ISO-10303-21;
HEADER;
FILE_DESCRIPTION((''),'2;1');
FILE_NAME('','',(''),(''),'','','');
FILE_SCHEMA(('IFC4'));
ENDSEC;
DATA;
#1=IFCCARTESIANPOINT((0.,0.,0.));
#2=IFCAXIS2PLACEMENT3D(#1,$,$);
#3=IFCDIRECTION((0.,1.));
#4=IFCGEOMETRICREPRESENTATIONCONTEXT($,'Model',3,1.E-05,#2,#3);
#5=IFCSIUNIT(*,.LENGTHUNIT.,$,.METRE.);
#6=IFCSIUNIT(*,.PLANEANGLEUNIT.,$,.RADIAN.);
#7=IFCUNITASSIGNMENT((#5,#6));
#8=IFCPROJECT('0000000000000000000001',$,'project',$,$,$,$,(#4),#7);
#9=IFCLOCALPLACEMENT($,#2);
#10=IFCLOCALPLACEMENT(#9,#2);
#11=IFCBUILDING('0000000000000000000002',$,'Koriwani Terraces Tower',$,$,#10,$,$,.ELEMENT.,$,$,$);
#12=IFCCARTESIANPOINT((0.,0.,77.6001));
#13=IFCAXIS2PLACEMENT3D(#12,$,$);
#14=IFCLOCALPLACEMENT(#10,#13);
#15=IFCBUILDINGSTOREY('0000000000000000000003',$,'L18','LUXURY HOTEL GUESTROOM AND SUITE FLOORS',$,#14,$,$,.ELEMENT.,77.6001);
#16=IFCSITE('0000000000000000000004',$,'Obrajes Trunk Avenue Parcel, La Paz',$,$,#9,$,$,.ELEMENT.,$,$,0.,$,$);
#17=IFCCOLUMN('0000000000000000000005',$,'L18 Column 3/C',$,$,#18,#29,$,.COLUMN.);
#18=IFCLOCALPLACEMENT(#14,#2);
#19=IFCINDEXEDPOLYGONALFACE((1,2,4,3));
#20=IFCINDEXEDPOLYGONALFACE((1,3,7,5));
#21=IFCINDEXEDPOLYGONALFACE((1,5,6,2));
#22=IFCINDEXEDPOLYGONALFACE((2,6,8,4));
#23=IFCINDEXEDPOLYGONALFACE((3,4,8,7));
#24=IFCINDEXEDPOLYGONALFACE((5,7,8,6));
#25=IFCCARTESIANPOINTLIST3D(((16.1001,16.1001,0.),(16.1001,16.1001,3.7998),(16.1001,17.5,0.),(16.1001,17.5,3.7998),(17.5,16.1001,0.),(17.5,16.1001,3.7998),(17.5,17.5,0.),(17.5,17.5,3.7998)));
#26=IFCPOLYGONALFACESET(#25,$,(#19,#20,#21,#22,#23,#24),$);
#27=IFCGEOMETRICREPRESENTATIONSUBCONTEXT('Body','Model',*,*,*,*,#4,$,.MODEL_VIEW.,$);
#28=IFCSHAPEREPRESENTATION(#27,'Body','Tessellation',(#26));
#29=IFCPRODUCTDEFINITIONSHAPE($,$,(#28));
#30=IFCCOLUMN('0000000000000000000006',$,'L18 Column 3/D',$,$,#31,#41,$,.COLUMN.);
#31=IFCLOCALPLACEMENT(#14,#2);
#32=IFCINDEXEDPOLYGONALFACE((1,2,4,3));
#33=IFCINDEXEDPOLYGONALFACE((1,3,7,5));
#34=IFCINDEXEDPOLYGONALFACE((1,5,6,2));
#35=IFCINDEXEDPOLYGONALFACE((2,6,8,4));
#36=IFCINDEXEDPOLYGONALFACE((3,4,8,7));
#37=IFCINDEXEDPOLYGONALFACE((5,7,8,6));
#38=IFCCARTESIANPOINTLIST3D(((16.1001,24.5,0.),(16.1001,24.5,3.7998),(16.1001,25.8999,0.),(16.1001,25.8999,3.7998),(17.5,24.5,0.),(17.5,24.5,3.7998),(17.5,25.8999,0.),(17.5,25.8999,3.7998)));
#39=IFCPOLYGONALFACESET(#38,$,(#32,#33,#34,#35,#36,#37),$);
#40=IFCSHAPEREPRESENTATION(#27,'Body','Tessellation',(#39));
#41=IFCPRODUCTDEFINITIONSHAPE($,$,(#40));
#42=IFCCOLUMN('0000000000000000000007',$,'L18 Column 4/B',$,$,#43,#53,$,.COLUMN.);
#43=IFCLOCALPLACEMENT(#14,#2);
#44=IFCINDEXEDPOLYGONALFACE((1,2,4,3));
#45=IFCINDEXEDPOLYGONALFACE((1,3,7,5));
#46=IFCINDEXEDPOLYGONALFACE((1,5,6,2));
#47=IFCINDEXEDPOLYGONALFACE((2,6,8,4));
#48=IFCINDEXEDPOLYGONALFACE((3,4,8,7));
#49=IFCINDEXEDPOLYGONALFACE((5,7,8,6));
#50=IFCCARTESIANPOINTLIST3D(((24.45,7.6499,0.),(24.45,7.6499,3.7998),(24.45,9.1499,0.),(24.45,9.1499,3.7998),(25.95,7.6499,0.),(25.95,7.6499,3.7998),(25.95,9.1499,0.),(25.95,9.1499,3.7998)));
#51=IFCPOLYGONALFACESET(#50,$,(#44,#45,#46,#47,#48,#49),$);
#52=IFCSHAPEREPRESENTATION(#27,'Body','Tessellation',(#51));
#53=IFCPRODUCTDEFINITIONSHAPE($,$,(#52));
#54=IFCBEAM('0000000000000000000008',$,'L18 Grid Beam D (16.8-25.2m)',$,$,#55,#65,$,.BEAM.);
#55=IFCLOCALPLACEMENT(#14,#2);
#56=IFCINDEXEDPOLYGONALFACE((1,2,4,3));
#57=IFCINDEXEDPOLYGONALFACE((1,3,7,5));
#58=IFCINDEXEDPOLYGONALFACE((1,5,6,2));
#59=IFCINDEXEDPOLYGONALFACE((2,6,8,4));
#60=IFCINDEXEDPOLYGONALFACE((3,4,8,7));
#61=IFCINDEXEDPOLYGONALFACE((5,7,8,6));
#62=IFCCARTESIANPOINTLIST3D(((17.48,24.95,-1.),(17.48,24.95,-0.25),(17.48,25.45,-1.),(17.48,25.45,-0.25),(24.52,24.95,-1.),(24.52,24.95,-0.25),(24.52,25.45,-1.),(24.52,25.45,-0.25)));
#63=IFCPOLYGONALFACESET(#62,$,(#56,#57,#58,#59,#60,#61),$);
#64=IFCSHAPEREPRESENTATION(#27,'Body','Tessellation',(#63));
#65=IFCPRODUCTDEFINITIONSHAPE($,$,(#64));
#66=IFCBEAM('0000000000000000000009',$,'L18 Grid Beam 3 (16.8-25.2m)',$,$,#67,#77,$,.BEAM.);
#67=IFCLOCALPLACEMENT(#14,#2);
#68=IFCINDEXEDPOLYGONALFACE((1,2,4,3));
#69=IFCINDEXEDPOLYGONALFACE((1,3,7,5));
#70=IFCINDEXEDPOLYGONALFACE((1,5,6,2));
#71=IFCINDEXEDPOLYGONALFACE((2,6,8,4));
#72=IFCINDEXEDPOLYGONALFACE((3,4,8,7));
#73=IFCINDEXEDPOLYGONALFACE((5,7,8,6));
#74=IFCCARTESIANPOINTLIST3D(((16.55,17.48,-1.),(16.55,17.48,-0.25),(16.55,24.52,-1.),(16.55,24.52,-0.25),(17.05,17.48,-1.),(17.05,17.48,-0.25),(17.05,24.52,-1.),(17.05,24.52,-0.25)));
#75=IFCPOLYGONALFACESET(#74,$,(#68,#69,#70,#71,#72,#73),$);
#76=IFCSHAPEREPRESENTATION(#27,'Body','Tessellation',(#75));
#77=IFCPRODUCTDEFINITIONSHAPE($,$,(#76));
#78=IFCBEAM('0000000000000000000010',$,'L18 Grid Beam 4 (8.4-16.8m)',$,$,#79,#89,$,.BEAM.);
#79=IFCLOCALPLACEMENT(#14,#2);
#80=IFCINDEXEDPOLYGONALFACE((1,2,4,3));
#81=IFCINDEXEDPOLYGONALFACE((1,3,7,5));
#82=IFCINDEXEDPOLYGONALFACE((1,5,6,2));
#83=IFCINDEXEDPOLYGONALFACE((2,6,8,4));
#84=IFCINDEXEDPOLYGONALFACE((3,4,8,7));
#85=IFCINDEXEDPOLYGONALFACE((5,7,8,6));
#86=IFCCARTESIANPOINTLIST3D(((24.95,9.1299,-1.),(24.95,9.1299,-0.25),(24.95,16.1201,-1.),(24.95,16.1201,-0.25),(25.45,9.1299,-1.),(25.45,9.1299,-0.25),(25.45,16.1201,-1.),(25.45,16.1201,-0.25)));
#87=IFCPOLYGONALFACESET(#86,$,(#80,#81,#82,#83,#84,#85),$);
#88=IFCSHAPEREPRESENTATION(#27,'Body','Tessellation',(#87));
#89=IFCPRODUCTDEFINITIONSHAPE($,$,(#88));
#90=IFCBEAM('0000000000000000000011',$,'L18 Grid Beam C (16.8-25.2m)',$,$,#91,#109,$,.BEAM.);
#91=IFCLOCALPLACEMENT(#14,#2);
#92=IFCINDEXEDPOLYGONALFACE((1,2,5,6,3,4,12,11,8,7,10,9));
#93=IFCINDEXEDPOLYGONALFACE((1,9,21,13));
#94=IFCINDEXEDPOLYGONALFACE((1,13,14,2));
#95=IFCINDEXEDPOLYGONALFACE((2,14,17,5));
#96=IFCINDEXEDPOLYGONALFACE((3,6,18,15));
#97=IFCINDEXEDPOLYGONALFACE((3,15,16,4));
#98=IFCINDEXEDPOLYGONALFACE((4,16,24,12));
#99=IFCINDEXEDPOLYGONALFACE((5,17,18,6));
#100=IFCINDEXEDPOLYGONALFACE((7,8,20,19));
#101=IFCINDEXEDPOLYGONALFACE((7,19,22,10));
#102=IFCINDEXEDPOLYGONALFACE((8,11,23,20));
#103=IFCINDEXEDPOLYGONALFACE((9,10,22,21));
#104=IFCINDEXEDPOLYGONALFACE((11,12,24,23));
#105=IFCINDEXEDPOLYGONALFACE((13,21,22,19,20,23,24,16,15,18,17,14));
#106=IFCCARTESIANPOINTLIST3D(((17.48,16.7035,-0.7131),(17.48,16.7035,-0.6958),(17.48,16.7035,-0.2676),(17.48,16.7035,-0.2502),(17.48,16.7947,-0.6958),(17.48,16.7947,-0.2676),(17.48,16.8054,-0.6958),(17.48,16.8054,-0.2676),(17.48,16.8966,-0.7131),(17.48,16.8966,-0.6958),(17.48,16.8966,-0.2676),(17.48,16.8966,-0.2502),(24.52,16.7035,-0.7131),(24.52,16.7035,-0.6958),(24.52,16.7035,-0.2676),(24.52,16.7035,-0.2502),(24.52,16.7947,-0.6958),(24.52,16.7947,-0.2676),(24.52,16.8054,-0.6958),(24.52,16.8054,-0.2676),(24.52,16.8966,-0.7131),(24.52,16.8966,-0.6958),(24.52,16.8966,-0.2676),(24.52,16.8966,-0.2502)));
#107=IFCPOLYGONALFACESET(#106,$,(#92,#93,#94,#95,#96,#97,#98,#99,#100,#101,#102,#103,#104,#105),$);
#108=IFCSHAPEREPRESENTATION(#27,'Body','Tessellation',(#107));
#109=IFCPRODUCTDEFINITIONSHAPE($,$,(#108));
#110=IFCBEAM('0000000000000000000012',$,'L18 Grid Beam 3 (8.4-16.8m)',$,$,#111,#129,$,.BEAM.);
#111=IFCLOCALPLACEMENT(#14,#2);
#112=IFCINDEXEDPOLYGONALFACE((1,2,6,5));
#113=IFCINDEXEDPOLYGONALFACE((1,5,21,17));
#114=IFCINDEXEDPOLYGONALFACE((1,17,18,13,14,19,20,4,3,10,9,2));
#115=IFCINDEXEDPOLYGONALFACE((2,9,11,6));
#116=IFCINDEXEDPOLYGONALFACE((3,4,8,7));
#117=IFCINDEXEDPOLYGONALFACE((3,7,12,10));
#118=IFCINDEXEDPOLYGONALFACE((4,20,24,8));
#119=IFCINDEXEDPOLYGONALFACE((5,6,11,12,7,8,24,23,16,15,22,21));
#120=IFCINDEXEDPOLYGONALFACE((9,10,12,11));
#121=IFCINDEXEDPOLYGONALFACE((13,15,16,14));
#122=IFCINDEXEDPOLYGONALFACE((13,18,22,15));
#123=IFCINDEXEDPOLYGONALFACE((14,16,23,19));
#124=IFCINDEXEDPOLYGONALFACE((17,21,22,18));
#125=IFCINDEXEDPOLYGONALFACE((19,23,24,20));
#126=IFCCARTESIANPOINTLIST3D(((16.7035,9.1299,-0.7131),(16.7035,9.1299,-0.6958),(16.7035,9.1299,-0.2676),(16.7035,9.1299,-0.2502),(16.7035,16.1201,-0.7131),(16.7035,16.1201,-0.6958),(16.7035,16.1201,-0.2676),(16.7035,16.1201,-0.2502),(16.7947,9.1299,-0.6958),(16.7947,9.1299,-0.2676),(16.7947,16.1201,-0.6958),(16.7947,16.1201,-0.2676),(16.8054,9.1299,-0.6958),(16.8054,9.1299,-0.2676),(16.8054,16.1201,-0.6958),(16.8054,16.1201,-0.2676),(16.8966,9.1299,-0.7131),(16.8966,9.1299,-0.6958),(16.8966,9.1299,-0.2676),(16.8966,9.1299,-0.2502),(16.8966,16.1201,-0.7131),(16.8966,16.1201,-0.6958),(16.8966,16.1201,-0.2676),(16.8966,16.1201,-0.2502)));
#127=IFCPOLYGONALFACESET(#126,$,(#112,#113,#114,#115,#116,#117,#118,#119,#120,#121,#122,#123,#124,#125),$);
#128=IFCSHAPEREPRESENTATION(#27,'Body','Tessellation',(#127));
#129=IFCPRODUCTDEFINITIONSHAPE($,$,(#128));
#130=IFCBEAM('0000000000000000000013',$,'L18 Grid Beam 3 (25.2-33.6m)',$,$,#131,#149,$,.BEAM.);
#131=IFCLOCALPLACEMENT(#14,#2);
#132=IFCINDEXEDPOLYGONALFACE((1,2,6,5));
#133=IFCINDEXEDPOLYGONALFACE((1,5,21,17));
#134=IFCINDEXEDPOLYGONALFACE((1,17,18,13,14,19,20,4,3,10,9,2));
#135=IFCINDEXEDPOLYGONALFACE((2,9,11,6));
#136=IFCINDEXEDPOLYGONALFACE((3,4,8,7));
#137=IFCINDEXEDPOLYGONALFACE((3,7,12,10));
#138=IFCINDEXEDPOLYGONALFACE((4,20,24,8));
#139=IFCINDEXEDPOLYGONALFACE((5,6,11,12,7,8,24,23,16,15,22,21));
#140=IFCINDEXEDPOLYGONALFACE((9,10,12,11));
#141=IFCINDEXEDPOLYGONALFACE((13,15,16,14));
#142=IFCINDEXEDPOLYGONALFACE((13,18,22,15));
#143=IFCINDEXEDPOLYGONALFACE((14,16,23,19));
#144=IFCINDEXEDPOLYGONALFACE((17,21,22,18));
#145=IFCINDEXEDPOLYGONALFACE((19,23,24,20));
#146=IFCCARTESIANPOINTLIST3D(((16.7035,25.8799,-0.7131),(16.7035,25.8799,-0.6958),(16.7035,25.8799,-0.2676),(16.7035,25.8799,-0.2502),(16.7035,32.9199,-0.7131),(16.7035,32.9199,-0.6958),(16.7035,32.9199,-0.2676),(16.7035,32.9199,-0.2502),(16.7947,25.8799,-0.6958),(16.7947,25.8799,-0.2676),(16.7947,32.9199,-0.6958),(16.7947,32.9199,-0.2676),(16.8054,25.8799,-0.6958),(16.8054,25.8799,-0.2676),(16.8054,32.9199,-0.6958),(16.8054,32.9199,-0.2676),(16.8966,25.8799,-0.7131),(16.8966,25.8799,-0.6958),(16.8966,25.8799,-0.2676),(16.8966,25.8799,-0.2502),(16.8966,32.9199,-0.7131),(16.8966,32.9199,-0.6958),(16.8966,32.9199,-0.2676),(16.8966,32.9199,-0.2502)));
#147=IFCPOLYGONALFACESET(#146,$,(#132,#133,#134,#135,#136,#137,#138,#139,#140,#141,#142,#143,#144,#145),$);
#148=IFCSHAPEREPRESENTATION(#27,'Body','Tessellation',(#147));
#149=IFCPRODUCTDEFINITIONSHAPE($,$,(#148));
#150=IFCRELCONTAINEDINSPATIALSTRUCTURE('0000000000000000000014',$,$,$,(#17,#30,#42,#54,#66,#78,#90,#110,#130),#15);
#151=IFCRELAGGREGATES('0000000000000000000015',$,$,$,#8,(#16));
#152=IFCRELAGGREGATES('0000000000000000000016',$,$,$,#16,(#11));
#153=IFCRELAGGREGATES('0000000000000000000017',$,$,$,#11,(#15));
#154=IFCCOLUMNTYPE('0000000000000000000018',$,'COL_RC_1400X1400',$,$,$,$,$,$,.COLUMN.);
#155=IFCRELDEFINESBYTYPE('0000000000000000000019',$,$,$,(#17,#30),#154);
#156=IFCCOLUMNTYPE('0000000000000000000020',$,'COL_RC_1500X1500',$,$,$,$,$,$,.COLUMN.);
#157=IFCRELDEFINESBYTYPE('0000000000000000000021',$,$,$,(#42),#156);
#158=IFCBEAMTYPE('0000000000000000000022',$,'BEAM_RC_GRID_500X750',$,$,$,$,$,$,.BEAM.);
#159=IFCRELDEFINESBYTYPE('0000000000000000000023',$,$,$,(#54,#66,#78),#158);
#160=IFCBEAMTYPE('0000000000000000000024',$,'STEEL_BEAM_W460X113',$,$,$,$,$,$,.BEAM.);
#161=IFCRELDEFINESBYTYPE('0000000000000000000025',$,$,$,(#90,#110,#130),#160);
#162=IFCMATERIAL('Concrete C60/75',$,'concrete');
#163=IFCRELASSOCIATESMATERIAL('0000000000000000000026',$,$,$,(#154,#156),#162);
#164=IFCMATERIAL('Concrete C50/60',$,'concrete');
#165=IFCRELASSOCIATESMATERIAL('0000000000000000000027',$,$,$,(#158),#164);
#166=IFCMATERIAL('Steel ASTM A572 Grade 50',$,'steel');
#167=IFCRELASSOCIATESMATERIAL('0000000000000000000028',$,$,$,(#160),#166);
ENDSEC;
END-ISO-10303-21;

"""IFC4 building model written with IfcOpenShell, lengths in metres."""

from ifc_helpers import new_model, si_unit, direction, frame, origin, origin_2d, place, context, subcontext, project, spatial, rectangle, i_section, extrude, material, material_profile, profile_set, type_object, element, save


model = new_model("IFC4")

# Units and contexts
model_context = context("Model", 3, precision=1e-05, world=origin(), true_north=direction((0.0, 1.0)))
body_context = subcontext(model_context, "Body", "Model", "MODEL_VIEW")
ifc_project = project(units=[si_unit("LENGTHUNIT", "METRE"), si_unit("PLANEANGLEUNIT", "RADIAN")], contexts=[model_context])

# Site, building, storey
site_placement = place(None, origin())
site = spatial("IfcSite", under=ifc_project, at=site_placement, Name="Obrajes Trunk Avenue Parcel, La Paz", CompositionType="ELEMENT", RefElevation=0.0)
building_placement = place(site_placement, origin())
building = spatial("IfcBuilding", under=site, at=building_placement, Name="Koriwani Terraces Tower", CompositionType="ELEMENT")
storey_placement = place(building_placement, frame((0.0, 0.0, 77.6001)))
storey = spatial("IfcBuildingStorey", under=building, at=storey_placement, Name="L18", Description="LUXURY HOTEL GUESTROOM AND SUITE FLOORS", CompositionType="ELEMENT", Elevation=77.6001)

# Columns
ifc_material_1 = material(Name="Concrete C60/75", Category="concrete")
ifc_material_profile_1 = material_profile(ifc_material_1, rectangle(XDim=1.3999, YDim=1.3999, at=origin_2d()), Name="Concrete C60/75", Category="LoadBearing")
ifc_profile_set_1 = profile_set([ifc_material_profile_1], Name="Concrete C60/75")
column_type_1 = type_object("IfcColumnType", Name="COL_RC_1400X1400", PredefinedType="COLUMN", material=ifc_profile_set_1)
for number, where, z_axis, x_axis, name in (
    (1, (16.8, 16.8, 0.0), (0.0, 0.0, 1.0), (1.0, 0.0, 0.0), "L18 Column 3/C"),
    (2, (16.8, 25.2, 0.0), (0.0, 0.0, 1.0), (1.0, 0.0, 0.0), "L18 Column 3/D"),
):
    element("IfcColumn", number, at=place(storey_placement, frame(where, z_axis=z_axis, x_axis=x_axis)), inside=storey, type_object=column_type_1, Name=name, PredefinedType="COLUMN", context=body_context, shape_type="SweptSolid", body=[
        extrude(rectangle(XDim=1.3999, YDim=1.3999, at=origin_2d()), origin(), (0.0, 0.0, 1.0), 3.7998),
    ])
ifc_material_profile_2 = material_profile(ifc_material_1, rectangle(XDim=1.5, YDim=1.5, at=origin_2d()), Name="Concrete C60/75", Category="LoadBearing")
ifc_profile_set_2 = profile_set([ifc_material_profile_2], Name="Concrete C60/75")
column_type_2 = type_object("IfcColumnType", Name="COL_RC_1500X1500", PredefinedType="COLUMN", material=ifc_profile_set_2)
column_placement = place(storey_placement, frame((25.2, 8.3999, 0.0), z_axis=(0.0, 0.0, 1.0), x_axis=(1.0, 0.0, 0.0)))
element("IfcColumn", 3, at=column_placement, inside=storey, type_object=column_type_2, Name="L18 Column 4/B", PredefinedType="COLUMN", context=body_context, shape_type="SweptSolid", body=[
    extrude(rectangle(XDim=1.5, YDim=1.5, at=origin_2d()), origin(), (0.0, 0.0, 1.0), 3.7998),
])

# Beams
ifc_material_2 = material(Name="Concrete C50/60", Category="concrete")
ifc_material_profile_3 = material_profile(ifc_material_2, rectangle(XDim=0.5, YDim=0.75, at=origin_2d()), Name="Concrete C50/60", Category="LoadBearing")
ifc_profile_set_3 = profile_set([ifc_material_profile_3], Name="Concrete C50/60")
beam_type_1 = type_object("IfcBeamType", Name="BEAM_RC_GRID_500X750", PredefinedType="BEAM", material=ifc_profile_set_3)
for number, where, z_axis, x_axis, name in (
    (4, (17.48, 25.2, -0.625), (1.0, 0.0, 0.0), (0.0, 1.0, 0.0), "L18 Grid Beam D (16.8-25.2m)"),
    (5, (16.8, 17.48, -0.625), (0.0, 1.0, 0.0), (-1.0, 0.0, 0.0), "L18 Grid Beam 3 (16.8-25.2m)"),
):
    element("IfcBeam", number, at=place(storey_placement, frame(where, z_axis=z_axis, x_axis=x_axis)), inside=storey, type_object=beam_type_1, Name=name, PredefinedType="BEAM", context=body_context, shape_type="SweptSolid", body=[
        extrude(rectangle(XDim=0.5, YDim=0.75, at=origin_2d()), origin(), (0.0, 0.0, 1.0), 7.04),
    ])
beam_1_placement = place(storey_placement, frame((25.2, 9.1299, -0.625), z_axis=(0.0, 1.0, 0.0), x_axis=(-1.0, 0.0, 0.0)))
element("IfcBeam", 6, at=beam_1_placement, inside=storey, type_object=beam_type_1, Name="L18 Grid Beam 4 (8.4-16.8m)", PredefinedType="BEAM", context=body_context, shape_type="SweptSolid", body=[
    extrude(rectangle(XDim=0.5, YDim=0.75, at=origin_2d()), origin(), (0.0, 0.0, 1.0), 6.9902),
])
ifc_material_3 = material(Name="Steel ASTM A572 Grade 50", Category="steel")
ifc_material_profile_4 = material_profile(ifc_material_3, i_section(OverallWidth=0.1931, OverallDepth=0.4629, WebThickness=0.0107, FlangeThickness=0.0173, at=origin_2d()), Name="Steel ASTM A572 Grade 50", Category="LoadBearing")
ifc_profile_set_4 = profile_set([ifc_material_profile_4], Name="Steel ASTM A572 Grade 50")
beam_type_2 = type_object("IfcBeamType", Name="STEEL_BEAM_W460X113", PredefinedType="BEAM", material=ifc_profile_set_4)
beam_2_placement = place(storey_placement, frame((17.48, 16.8, -0.4817), z_axis=(1.0, 0.0, 0.0), x_axis=(0.0, 1.0, 0.0)))
element("IfcBeam", 7, at=beam_2_placement, inside=storey, type_object=beam_type_2, Name="L18 Grid Beam C (16.8-25.2m)", PredefinedType="BEAM", context=body_context, shape_type="SweptSolid", body=[
    extrude(i_section(OverallWidth=0.1931, OverallDepth=0.4629, WebThickness=0.0107, FlangeThickness=0.0173, at=origin_2d()), origin(), (0.0, 0.0, 1.0), 7.04),
])
beam_3_placement = place(storey_placement, frame((16.8, 9.1299, -0.4817), z_axis=(0.0, 1.0, 0.0), x_axis=(-1.0, 0.0, 0.0)))
element("IfcBeam", 8, at=beam_3_placement, inside=storey, type_object=beam_type_2, Name="L18 Grid Beam 3 (8.4-16.8m)", PredefinedType="BEAM", context=body_context, shape_type="SweptSolid", body=[
    extrude(i_section(OverallWidth=0.1931, OverallDepth=0.4629, WebThickness=0.0107, FlangeThickness=0.0173, at=origin_2d()), origin(), (0.0, 0.0, 1.0), 6.9902),
])
beam_4_placement = place(storey_placement, frame((16.8, 25.8799, -0.4817), z_axis=(0.0, 1.0, 0.0), x_axis=(-1.0, 0.0, 0.0)))
element("IfcBeam", 9, at=beam_4_placement, inside=storey, type_object=beam_type_2, Name="L18 Grid Beam 3 (25.2-33.6m)", PredefinedType="BEAM", context=body_context, shape_type="SweptSolid", body=[
    extrude(i_section(OverallWidth=0.1931, OverallDepth=0.4629, WebThickness=0.0107, FlangeThickness=0.0173, at=origin_2d()), origin(), (0.0, 0.0, 1.0), 7.04),
])

save(model, "model.ifc")
